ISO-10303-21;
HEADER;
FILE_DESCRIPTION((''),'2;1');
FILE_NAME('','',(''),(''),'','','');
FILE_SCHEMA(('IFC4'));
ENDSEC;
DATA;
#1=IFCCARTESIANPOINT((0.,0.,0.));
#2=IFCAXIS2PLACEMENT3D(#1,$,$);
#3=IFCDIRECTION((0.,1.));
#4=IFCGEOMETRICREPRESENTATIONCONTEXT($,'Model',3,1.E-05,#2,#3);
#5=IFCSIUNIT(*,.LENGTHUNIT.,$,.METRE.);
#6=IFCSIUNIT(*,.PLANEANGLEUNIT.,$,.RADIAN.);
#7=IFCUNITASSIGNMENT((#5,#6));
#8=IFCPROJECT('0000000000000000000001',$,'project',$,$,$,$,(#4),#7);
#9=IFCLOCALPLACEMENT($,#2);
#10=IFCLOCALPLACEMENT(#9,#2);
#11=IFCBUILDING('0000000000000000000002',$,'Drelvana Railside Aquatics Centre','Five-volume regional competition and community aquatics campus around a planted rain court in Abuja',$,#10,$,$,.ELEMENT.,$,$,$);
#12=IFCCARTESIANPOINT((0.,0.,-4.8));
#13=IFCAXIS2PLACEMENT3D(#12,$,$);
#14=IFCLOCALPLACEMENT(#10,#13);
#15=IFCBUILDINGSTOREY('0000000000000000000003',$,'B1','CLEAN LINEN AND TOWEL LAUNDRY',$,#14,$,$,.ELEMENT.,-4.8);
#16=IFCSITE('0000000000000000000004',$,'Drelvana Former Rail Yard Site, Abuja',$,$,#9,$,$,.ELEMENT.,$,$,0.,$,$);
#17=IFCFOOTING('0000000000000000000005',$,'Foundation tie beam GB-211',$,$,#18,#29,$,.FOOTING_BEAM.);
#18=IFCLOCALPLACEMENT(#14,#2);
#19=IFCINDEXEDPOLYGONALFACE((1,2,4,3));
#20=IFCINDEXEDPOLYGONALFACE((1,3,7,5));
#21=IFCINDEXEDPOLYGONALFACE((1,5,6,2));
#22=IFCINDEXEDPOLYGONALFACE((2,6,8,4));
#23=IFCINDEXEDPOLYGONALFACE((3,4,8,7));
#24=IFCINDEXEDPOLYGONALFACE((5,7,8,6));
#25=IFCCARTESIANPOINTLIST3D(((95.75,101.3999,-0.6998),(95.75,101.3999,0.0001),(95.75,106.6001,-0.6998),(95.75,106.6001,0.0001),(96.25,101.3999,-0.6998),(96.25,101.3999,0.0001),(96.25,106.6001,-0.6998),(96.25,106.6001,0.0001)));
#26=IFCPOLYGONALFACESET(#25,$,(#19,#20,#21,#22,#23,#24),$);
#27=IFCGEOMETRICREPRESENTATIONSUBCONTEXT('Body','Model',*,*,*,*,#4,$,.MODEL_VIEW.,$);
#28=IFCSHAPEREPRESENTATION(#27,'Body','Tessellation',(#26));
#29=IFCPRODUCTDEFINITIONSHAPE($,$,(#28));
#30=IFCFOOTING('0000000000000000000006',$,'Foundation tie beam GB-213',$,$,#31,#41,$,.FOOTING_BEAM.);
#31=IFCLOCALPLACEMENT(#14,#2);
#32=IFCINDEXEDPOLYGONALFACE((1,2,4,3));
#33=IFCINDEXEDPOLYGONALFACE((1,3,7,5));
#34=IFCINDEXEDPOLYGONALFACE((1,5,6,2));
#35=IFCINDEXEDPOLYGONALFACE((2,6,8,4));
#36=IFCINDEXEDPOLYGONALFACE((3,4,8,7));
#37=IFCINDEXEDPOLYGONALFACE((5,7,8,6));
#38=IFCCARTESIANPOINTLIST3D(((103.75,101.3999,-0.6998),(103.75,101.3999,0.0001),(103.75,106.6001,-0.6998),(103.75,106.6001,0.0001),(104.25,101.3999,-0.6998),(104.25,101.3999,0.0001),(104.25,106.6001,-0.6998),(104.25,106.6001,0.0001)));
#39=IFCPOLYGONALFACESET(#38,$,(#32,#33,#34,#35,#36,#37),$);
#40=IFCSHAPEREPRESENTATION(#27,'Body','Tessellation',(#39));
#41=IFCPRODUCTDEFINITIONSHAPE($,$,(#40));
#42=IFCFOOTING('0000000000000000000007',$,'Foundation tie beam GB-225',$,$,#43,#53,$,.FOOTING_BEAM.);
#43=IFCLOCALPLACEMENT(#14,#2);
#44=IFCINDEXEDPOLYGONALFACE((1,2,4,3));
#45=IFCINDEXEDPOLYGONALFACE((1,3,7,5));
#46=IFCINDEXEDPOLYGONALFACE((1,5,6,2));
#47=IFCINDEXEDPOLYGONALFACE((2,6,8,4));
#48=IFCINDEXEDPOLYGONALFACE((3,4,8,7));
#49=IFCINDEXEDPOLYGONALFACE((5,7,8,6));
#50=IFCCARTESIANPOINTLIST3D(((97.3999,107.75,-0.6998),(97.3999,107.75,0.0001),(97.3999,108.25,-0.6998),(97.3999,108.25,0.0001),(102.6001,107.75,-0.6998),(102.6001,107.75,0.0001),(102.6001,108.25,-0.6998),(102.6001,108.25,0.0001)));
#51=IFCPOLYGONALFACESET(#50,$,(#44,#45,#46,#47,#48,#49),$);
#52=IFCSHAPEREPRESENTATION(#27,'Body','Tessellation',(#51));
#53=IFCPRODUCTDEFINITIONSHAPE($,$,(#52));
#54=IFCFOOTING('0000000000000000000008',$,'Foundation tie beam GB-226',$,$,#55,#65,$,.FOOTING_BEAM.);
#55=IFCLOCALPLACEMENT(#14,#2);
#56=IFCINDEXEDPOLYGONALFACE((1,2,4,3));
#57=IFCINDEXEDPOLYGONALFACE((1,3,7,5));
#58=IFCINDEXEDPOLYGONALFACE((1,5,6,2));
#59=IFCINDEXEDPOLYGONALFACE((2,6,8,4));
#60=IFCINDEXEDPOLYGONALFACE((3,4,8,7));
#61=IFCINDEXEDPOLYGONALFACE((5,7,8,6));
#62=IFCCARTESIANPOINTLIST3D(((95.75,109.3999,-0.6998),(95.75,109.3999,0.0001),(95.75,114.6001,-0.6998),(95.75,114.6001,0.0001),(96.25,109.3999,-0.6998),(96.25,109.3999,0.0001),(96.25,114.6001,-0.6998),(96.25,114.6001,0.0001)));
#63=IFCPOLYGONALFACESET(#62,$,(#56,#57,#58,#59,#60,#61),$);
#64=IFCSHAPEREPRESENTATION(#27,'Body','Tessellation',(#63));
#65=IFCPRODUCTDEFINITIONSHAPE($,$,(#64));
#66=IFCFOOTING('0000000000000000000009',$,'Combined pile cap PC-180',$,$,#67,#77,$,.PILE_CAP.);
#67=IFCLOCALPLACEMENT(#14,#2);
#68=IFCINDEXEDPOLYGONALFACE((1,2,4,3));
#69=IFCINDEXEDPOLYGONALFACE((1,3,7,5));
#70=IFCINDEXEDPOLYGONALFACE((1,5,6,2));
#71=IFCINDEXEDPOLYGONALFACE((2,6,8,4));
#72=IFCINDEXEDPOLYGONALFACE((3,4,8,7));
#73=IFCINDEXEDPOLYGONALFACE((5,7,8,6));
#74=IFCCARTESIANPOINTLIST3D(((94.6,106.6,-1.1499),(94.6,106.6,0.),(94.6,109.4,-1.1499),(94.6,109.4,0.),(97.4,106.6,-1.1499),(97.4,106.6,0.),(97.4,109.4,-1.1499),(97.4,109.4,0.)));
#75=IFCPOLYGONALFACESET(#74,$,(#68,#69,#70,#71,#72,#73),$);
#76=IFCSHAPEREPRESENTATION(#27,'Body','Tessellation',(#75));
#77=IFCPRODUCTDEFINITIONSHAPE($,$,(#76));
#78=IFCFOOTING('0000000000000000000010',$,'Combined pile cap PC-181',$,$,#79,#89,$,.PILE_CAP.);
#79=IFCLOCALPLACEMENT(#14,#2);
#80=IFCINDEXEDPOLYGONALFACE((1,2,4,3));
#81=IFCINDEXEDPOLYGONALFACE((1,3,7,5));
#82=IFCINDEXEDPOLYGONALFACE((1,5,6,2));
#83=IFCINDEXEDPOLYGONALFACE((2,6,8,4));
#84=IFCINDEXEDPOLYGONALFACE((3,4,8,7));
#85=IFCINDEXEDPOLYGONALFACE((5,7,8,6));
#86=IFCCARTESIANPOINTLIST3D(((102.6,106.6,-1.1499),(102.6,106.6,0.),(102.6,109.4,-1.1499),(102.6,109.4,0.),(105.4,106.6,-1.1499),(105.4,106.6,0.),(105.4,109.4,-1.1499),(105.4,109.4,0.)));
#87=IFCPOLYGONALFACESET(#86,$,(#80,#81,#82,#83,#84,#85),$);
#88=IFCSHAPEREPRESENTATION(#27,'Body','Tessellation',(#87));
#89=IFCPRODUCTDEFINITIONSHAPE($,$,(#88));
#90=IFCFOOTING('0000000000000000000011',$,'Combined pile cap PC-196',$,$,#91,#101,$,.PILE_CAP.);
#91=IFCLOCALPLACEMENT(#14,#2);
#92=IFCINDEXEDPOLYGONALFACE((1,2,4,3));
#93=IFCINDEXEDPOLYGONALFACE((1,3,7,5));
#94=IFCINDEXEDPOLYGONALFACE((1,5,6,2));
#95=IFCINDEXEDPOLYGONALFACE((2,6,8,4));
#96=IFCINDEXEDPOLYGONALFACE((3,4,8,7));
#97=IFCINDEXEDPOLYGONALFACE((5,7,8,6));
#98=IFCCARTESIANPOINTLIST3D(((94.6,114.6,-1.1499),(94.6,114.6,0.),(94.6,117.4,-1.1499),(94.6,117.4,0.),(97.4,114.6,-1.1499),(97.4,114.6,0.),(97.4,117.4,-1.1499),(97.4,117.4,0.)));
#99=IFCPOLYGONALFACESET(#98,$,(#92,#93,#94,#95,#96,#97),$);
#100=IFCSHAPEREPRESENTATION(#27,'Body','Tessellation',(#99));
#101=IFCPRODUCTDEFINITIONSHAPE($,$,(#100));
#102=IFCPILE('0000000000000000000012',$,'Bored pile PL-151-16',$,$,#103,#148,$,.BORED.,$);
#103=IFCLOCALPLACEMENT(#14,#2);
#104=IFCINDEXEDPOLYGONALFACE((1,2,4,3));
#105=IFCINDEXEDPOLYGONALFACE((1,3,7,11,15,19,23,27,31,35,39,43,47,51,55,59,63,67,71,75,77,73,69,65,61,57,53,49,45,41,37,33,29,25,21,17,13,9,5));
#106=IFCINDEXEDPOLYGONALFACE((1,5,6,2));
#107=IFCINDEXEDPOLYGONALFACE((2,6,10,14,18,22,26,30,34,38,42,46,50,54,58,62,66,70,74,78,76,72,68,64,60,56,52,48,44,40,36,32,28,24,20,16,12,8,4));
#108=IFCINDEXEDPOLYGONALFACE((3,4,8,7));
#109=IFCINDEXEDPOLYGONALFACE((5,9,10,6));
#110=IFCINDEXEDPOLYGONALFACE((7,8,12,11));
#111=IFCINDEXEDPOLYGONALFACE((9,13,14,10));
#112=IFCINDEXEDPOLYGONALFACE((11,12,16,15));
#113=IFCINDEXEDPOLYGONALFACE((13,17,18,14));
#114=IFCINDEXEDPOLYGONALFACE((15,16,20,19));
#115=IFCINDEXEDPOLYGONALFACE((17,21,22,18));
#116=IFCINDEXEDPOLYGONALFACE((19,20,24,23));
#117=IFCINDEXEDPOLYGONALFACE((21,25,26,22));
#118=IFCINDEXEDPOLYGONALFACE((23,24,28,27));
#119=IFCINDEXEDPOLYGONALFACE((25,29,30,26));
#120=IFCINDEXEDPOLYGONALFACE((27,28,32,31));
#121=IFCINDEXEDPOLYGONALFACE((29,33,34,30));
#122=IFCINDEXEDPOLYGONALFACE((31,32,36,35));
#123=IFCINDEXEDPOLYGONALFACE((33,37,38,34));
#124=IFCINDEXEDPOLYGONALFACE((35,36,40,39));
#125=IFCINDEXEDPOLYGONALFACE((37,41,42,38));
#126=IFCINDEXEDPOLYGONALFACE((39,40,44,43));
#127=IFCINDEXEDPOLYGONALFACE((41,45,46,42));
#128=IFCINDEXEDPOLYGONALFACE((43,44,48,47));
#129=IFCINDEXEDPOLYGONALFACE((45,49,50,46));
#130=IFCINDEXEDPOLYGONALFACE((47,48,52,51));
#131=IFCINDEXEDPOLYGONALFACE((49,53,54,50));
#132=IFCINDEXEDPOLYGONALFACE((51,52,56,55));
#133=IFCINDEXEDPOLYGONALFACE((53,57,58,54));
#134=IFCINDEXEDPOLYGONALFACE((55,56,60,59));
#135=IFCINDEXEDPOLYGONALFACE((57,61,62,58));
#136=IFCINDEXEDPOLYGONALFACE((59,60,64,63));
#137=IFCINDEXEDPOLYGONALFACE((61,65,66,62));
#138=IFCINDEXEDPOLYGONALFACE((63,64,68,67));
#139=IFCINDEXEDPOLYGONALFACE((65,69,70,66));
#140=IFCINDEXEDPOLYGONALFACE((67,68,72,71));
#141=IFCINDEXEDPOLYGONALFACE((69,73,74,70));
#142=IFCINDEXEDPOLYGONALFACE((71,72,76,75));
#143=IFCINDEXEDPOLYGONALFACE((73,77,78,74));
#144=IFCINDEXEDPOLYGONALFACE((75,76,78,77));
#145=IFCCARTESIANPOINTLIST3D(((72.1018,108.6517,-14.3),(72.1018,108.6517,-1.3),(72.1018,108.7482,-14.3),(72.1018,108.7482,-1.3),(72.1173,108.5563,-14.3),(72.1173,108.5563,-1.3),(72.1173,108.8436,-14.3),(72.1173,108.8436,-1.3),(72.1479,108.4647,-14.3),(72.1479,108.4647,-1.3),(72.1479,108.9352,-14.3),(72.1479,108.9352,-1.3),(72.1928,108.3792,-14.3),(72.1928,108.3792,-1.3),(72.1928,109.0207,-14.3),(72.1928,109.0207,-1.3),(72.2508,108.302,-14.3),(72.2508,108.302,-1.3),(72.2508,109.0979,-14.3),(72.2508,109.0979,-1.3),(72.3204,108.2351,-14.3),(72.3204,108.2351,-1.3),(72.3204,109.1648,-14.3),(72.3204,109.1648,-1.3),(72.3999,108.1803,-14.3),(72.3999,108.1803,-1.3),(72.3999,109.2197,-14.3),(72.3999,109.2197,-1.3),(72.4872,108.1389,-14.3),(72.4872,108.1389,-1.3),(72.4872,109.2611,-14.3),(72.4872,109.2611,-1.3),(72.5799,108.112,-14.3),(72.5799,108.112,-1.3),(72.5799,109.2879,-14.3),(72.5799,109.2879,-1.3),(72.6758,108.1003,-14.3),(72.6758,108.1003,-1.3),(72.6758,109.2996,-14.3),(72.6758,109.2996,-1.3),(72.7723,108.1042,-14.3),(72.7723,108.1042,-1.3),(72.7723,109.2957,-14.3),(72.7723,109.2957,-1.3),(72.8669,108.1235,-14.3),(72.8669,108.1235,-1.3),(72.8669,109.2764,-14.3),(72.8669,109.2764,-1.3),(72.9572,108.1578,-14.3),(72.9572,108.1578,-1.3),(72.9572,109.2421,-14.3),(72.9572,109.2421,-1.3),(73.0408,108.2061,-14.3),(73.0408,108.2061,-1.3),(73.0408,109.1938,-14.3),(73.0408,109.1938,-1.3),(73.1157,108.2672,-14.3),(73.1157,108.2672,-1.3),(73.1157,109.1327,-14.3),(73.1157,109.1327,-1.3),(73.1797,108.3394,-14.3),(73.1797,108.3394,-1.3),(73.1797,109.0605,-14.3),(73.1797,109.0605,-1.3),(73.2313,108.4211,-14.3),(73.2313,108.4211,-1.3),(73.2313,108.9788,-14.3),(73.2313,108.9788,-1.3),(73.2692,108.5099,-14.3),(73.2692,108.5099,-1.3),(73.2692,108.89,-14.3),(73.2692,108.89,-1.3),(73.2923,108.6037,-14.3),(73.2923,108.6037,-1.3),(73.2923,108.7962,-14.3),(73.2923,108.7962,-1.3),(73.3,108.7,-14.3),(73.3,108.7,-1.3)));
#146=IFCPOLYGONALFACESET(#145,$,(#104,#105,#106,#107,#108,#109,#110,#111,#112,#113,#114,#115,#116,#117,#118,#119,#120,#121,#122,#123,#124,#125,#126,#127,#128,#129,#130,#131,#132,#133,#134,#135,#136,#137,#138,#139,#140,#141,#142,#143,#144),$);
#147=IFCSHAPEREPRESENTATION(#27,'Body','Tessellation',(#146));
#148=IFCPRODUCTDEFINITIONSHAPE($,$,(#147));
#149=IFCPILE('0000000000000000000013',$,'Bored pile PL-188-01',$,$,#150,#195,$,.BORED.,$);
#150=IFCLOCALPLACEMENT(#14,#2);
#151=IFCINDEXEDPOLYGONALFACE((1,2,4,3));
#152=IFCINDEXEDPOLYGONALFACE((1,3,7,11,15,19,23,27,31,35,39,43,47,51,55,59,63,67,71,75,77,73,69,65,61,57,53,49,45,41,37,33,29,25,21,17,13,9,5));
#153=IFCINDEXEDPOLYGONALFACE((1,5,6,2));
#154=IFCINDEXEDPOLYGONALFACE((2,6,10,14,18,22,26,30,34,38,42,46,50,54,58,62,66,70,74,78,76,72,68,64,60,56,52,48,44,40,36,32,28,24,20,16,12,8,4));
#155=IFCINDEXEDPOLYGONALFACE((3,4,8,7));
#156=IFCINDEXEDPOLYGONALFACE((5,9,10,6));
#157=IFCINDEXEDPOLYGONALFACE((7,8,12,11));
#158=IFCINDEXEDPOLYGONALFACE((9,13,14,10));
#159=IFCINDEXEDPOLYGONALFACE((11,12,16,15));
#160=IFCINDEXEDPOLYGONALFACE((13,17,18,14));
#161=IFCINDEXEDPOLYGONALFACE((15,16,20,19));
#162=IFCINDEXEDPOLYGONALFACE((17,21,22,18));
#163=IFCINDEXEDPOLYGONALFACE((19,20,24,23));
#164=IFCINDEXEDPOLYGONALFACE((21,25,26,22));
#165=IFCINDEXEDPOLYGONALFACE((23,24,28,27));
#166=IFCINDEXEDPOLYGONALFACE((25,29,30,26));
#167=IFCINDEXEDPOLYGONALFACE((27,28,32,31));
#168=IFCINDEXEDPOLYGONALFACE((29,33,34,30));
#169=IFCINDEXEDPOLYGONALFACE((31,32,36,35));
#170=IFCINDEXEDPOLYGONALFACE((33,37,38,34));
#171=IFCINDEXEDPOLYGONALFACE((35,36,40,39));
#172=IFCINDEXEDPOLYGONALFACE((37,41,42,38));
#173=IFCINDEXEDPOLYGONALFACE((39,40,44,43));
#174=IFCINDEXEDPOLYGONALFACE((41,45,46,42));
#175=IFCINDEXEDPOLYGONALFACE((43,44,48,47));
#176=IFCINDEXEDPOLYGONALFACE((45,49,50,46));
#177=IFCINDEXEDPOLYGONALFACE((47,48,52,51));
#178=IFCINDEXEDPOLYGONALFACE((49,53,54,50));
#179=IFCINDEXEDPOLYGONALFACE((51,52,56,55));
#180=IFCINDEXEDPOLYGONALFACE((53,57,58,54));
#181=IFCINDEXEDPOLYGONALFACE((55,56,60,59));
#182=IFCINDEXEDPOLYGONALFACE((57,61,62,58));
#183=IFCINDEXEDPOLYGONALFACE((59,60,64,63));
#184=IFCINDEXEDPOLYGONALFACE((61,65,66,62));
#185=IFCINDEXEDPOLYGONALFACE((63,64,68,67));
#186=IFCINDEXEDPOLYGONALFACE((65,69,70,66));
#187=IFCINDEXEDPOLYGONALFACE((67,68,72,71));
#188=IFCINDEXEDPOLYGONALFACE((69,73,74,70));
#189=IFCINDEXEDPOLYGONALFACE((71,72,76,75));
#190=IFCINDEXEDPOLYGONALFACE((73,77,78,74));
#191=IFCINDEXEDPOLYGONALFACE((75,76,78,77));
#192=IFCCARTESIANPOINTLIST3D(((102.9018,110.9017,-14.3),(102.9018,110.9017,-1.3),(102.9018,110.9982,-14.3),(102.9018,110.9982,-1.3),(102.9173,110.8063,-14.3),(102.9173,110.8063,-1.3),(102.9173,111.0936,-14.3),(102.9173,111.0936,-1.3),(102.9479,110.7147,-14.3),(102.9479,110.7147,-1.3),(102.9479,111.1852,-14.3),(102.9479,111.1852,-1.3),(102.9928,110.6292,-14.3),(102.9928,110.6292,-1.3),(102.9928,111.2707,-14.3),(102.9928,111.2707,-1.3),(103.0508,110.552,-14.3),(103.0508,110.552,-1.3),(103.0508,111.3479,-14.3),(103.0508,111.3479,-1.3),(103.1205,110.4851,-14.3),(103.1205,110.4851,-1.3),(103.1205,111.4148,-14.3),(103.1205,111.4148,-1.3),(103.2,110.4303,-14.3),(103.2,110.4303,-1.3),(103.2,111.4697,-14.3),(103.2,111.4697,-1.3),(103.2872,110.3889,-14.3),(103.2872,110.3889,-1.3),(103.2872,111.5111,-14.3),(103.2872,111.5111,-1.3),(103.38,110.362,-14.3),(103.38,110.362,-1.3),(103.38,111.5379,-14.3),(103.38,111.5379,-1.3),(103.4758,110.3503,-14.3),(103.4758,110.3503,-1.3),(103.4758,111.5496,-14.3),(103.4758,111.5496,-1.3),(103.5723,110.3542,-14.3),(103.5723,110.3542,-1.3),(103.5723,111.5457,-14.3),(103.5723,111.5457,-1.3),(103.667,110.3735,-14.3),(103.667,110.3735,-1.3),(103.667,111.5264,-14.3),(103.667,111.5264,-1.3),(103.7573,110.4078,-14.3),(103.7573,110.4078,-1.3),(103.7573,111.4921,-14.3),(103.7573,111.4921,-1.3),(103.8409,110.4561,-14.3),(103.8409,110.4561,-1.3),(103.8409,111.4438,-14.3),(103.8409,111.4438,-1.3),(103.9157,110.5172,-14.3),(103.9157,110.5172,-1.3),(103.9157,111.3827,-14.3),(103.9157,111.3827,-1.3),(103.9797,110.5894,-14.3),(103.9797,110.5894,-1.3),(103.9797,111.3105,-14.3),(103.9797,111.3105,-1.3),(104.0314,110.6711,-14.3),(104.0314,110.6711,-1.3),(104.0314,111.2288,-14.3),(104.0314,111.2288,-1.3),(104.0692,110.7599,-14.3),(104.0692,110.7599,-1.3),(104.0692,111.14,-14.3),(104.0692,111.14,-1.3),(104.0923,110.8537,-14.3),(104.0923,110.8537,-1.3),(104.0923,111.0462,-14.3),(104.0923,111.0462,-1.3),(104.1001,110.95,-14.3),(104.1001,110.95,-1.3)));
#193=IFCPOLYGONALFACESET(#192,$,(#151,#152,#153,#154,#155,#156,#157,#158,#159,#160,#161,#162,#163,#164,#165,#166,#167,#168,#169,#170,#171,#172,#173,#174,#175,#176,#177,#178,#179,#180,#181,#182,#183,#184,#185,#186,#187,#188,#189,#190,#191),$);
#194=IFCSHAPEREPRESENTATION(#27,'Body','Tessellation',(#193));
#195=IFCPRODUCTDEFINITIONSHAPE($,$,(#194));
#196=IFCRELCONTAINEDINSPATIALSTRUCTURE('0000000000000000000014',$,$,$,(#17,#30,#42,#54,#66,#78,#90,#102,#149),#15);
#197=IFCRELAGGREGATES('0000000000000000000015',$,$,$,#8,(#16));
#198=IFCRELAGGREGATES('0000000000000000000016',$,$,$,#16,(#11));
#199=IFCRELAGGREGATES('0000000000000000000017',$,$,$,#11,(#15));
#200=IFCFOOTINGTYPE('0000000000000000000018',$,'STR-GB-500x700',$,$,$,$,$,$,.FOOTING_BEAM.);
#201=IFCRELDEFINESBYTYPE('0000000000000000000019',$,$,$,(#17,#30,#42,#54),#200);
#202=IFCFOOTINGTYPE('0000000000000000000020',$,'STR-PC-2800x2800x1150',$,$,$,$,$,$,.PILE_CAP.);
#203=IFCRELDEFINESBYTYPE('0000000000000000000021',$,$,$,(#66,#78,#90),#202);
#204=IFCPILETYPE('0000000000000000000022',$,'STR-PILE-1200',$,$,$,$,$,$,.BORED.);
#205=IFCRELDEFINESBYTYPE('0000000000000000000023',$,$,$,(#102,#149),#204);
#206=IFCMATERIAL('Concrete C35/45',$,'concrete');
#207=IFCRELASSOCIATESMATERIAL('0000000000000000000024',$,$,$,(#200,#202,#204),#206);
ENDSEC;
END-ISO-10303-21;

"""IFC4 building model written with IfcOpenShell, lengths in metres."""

from ifc_helpers import new_model, si_unit, direction, frame, origin, origin_2d, place, context, subcontext, project, spatial, rectangle, circle, extrude, material, material_profile, profile_set, type_object, element, save


model = new_model("IFC4")

# Units and contexts
model_context = context("Model", 3, precision=1e-05, world=origin(), true_north=direction((0.0, 1.0)))
body_context = subcontext(model_context, "Body", "Model", "MODEL_VIEW")
ifc_project = project(units=[si_unit("LENGTHUNIT", "METRE"), si_unit("PLANEANGLEUNIT", "RADIAN")], contexts=[model_context])

# Site, building, storey
site_placement = place(None, origin())
site = spatial("IfcSite", under=ifc_project, at=site_placement, Name="Drelvana Former Rail Yard Site, Abuja", CompositionType="ELEMENT", RefElevation=0.0)
building_placement = place(site_placement, origin())
building = spatial("IfcBuilding", under=site, at=building_placement, Name="Drelvana Railside Aquatics Centre", Description="Five-volume regional competition and community aquatics campus around a planted rain court in Abuja", CompositionType="ELEMENT")
storey_placement = place(building_placement, frame((0.0, 0.0, -4.8)))
storey = spatial("IfcBuildingStorey", under=building, at=storey_placement, Name="B1", Description="CLEAN LINEN AND TOWEL LAUNDRY", CompositionType="ELEMENT", Elevation=-4.8)

# Footings
ifc_material_1 = material(Name="Concrete C35/45", Category="concrete")
ifc_material_profile_1 = material_profile(ifc_material_1, rectangle(XDim=0.5, YDim=0.7, at=origin_2d()), Name="GB 500x700")
ifc_profile_set_1 = profile_set([ifc_material_profile_1], Name="Concrete C35/45")
footing_type_1 = type_object("IfcFootingType", Name="STR-GB-500x700", PredefinedType="FOOTING_BEAM", material=ifc_profile_set_1)
for number, where, z_axis, x_axis, name in (
    (1, (96.0, 101.3999, -0.3499), (0.0, 1.0, 0.0), (-1.0, 0.0, 0.0), "Foundation tie beam GB-211"),
    (2, (104.0, 101.3999, -0.3499), (0.0, 1.0, 0.0), (-1.0, 0.0, 0.0), "Foundation tie beam GB-213"),
    (3, (97.3999, 108.0, -0.3499), (1.0, 0.0, 0.0), (0.0, 1.0, 0.0), "Foundation tie beam GB-225"),
    (4, (96.0, 109.3999, -0.3499), (0.0, 1.0, 0.0), (-1.0, 0.0, 0.0), "Foundation tie beam GB-226"),
):
    element("IfcFooting", number, at=place(storey_placement, frame(where, z_axis=z_axis, x_axis=x_axis)), inside=storey, type_object=footing_type_1, Name=name, PredefinedType="FOOTING_BEAM", context=body_context, shape_type="SweptSolid", body=[
        extrude(rectangle(XDim=0.5, YDim=0.7, at=origin_2d()), origin(), (0.0, 0.0, 1.0), 5.2002),
    ])
footing_type_2 = type_object("IfcFootingType", Name="STR-PC-2800x2800x1150", PredefinedType="PILE_CAP", material=ifc_material_1)
for number, where, z_axis, x_axis, name in (
    (5, (96.0, 108.0, -1.1499), (0.0, 0.0, 1.0), (1.0, 0.0, 0.0), "Combined pile cap PC-180"),
    (6, (104.0, 108.0, -1.1499), (0.0, 0.0, 1.0), (1.0, 0.0, 0.0), "Combined pile cap PC-181"),
    (7, (96.0, 116.0, -1.1499), (0.0, 0.0, 1.0), (1.0, 0.0, 0.0), "Combined pile cap PC-196"),
):
    element("IfcFooting", number, at=place(storey_placement, frame(where, z_axis=z_axis, x_axis=x_axis)), inside=storey, type_object=footing_type_2, Name=name, PredefinedType="PILE_CAP", context=body_context, shape_type="SweptSolid", body=[
        extrude(rectangle(XDim=2.8, YDim=2.8, at=origin_2d()), origin(), (0.0, 0.0, 1.0), 1.1499),
    ])

# Piles
ifc_material_profile_2 = material_profile(ifc_material_1, circle(Radius=0.6001, at=origin_2d()), Name="PILE D1200")
ifc_profile_set_2 = profile_set([ifc_material_profile_2], Name="Concrete C35/45")
pile_type_1 = type_object("IfcPileType", Name="STR-PILE-1200", PredefinedType="BORED", material=ifc_profile_set_2)
for number, where, z_axis, x_axis, name in (
    (8, (72.7, 108.7, -1.3), (0.0, 0.0, -1.0), (1.0, 0.0, 0.0), "Bored pile PL-151-16"),
    (9, (103.5, 110.95, -1.3), (0.0, 0.0, -1.0), (1.0, 0.0, 0.0), "Bored pile PL-188-01"),
):
    element("IfcPile", number, at=place(storey_placement, frame(where, z_axis=z_axis, x_axis=x_axis)), inside=storey, type_object=pile_type_1, Name=name, PredefinedType="BORED", context=body_context, shape_type="SweptSolid", body=[
        extrude(circle(Radius=0.6001, at=origin_2d()), origin(), (0.0, 0.0, 1.0), 13.0),
    ])

save(model, "model.ifc")
